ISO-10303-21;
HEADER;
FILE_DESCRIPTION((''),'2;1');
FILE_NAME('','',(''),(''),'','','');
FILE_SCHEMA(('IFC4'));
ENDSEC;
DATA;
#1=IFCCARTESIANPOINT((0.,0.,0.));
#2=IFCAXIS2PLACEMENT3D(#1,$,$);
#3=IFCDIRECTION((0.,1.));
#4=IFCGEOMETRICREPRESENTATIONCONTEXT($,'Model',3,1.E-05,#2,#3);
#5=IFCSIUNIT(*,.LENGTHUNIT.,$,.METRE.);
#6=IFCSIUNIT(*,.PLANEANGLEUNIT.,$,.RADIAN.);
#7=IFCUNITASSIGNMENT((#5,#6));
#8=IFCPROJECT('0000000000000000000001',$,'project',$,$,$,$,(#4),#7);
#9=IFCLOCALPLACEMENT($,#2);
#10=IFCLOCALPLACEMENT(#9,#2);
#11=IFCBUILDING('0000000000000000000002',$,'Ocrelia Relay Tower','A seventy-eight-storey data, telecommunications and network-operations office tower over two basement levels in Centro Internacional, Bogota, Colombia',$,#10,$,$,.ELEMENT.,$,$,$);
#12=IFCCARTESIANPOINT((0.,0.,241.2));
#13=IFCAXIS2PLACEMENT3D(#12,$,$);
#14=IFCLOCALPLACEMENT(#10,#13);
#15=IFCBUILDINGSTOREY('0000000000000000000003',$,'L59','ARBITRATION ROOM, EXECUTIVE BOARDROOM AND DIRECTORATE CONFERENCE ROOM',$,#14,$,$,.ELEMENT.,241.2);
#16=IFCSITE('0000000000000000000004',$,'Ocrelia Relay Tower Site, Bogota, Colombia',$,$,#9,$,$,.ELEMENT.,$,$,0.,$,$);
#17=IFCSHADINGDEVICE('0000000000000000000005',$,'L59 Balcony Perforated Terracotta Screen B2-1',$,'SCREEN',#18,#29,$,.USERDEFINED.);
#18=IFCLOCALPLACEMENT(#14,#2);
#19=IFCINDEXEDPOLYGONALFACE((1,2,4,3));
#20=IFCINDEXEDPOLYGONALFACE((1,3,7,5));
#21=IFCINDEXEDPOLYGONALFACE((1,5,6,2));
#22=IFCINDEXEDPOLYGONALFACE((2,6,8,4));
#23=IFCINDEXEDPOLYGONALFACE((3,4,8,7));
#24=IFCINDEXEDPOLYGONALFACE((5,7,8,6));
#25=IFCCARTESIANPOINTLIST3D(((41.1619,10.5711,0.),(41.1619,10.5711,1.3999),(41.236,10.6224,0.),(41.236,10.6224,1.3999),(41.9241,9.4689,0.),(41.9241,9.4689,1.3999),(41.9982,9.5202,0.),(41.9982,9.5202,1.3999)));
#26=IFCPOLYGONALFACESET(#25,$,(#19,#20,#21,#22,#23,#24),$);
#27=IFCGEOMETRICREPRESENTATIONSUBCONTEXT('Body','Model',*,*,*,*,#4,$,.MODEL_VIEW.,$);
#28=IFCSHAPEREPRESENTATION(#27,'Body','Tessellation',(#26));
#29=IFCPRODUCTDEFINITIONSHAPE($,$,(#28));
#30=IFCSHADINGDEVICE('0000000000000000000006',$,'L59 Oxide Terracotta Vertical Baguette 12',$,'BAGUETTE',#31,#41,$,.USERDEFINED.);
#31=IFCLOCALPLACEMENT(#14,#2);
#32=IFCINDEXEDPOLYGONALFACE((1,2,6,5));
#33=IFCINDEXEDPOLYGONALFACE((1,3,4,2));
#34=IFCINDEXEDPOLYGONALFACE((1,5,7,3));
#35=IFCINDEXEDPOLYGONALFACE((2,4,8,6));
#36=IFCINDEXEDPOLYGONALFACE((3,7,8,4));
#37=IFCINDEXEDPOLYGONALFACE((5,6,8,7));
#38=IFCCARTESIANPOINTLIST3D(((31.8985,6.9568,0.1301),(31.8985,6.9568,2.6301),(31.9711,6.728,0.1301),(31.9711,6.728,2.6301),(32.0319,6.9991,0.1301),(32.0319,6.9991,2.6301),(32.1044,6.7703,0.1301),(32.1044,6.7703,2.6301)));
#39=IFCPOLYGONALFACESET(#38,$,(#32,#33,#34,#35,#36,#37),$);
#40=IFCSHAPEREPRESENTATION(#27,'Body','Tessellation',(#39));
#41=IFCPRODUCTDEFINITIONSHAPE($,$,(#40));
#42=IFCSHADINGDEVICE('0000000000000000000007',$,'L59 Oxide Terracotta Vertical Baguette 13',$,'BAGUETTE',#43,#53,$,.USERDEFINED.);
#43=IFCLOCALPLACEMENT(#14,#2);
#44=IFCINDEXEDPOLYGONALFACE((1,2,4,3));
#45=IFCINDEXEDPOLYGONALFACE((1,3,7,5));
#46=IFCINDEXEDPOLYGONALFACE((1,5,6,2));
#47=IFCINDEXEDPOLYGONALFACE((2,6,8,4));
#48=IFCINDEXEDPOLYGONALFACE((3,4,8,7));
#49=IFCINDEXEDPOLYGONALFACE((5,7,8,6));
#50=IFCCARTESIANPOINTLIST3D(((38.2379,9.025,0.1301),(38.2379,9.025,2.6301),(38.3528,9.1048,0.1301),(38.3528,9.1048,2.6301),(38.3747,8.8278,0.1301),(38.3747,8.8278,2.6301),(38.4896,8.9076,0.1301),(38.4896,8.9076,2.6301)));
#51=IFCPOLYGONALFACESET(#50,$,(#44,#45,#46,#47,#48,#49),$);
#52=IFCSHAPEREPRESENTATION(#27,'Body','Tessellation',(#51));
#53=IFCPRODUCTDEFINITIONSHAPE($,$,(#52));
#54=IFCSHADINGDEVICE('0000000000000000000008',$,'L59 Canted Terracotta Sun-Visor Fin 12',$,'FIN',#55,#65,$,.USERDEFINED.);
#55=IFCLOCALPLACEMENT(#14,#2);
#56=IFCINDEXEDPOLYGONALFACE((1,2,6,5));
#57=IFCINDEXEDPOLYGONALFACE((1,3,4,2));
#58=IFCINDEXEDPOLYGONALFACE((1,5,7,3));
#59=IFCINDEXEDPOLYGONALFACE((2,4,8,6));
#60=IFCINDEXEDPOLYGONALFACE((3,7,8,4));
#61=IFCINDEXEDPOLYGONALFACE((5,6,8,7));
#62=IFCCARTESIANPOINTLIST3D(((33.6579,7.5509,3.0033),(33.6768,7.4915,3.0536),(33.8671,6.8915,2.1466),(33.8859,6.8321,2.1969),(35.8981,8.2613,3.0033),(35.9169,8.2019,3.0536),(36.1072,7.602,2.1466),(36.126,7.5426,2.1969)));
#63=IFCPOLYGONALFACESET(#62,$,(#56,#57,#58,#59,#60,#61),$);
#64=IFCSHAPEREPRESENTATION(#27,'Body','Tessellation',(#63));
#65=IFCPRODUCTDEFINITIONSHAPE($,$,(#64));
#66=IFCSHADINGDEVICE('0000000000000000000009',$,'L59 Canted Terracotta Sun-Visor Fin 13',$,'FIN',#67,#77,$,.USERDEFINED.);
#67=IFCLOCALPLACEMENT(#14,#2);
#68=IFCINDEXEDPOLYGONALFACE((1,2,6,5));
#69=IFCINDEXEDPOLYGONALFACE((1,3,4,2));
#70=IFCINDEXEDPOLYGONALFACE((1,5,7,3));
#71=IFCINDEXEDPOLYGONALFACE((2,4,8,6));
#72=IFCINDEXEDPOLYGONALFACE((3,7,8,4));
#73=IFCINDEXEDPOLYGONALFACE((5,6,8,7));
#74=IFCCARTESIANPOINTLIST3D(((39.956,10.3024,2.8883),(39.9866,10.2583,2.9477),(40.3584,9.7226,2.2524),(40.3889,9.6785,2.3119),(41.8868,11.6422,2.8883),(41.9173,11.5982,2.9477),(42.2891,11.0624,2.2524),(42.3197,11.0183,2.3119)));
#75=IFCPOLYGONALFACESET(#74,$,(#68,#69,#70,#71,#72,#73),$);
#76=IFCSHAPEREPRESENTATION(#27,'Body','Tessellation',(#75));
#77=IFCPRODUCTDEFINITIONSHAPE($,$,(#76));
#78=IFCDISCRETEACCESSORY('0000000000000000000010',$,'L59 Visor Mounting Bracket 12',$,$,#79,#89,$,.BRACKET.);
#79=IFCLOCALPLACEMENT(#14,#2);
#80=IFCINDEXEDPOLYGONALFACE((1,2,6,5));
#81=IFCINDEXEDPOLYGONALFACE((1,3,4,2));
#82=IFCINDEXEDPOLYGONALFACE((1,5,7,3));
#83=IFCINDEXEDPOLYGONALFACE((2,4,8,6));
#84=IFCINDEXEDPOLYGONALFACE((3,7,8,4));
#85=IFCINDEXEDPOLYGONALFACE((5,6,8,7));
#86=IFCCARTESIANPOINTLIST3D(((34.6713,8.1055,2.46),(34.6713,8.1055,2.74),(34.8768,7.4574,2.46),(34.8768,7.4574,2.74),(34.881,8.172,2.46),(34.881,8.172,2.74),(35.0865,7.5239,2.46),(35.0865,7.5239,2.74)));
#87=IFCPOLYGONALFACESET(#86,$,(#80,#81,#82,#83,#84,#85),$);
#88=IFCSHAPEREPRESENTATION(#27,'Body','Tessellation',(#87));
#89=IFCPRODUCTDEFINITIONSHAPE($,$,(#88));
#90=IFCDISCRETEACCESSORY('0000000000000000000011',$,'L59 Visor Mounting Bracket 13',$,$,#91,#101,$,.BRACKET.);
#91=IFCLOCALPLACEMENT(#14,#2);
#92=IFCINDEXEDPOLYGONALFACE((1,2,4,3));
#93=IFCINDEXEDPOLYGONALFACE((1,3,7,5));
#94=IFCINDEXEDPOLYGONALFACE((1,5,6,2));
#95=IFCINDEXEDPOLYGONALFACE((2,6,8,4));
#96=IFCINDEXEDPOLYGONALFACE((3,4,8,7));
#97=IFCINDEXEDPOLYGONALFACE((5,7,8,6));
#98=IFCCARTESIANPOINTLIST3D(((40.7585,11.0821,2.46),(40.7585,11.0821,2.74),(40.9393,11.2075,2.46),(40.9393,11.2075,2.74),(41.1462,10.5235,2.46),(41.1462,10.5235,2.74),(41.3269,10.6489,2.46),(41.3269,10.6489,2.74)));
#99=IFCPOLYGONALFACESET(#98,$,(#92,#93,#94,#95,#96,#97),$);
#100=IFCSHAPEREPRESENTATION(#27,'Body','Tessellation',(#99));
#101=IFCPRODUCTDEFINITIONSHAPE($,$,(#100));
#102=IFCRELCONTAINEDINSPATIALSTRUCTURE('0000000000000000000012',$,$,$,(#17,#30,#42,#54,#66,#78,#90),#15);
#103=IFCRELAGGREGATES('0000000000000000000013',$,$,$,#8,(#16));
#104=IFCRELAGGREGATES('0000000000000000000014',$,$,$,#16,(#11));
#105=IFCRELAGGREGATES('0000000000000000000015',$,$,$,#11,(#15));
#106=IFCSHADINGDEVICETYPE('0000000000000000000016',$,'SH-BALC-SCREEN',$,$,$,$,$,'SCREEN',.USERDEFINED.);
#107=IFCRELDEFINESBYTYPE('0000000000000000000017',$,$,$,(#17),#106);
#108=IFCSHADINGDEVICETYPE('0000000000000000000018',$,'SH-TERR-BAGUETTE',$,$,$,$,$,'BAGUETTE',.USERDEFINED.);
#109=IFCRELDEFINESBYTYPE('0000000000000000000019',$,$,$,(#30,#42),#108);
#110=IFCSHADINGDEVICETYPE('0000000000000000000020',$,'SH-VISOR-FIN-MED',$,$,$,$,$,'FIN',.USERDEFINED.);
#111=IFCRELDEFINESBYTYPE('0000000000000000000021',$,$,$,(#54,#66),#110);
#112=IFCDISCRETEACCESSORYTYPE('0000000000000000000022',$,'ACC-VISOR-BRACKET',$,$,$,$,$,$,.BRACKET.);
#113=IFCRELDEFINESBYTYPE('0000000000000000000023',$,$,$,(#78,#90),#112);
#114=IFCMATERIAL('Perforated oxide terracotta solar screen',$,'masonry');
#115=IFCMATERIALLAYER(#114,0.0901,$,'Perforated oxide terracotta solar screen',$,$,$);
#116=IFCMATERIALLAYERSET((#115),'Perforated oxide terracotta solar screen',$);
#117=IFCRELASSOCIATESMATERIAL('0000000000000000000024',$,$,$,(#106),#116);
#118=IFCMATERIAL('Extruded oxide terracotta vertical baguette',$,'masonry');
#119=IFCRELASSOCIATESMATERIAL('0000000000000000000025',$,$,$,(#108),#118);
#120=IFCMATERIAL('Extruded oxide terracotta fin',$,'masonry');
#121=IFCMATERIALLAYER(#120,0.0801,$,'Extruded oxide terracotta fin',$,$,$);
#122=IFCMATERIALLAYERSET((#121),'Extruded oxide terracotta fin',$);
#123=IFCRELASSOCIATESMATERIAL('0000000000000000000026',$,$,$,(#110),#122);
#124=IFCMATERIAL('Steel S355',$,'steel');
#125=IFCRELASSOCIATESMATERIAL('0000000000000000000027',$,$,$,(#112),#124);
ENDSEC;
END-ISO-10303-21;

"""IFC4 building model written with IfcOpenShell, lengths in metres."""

from ifc_helpers import new_model, si_unit, direction, frame, origin, origin_2d, place, context, subcontext, project, spatial, rectangle, extrude, material, layer, layer_set, type_object, element, save


model = new_model("IFC4")

# Units and contexts
model_context = context("Model", 3, precision=1e-05, world=origin(), true_north=direction((0.0, 1.0)))
body_context = subcontext(model_context, "Body", "Model", "MODEL_VIEW")
ifc_project = project(units=[si_unit("LENGTHUNIT", "METRE"), si_unit("PLANEANGLEUNIT", "RADIAN")], contexts=[model_context])

# Site, building, storey
site_placement = place(None, origin())
site = spatial("IfcSite", under=ifc_project, at=site_placement, Name="Ocrelia Relay Tower Site, Bogota, Colombia", CompositionType="ELEMENT", RefElevation=0.0)
building_placement = place(site_placement, origin())
building = spatial("IfcBuilding", under=site, at=building_placement, Name="Ocrelia Relay Tower", Description="A seventy-eight-storey data, telecommunications and network-operations office tower over two basement levels in Centro Internacional, Bogota, Colombia", CompositionType="ELEMENT")
storey_placement = place(building_placement, frame((0.0, 0.0, 241.2)))
storey = spatial("IfcBuildingStorey", under=building, at=storey_placement, Name="L59", Description="ARBITRATION ROOM, EXECUTIVE BOARDROOM AND DIRECTORATE CONFERENCE ROOM", CompositionType="ELEMENT", Elevation=241.2)

# Shared definitions
ifc_material_1 = material(Name="Steel S355", Category="steel")

# Shading devices
ifc_material_2 = material(Name="Perforated oxide terracotta solar screen", Category="masonry")
ifc_layer_1 = layer(ifc_material_2, 0.0901, Name="Perforated oxide terracotta solar screen")
ifc_layer_set_1 = layer_set([ifc_layer_1], Name="Perforated oxide terracotta solar screen")
shading_device_type_1 = type_object("IfcShadingDeviceType", Name="SH-BALC-SCREEN", ElementType="SCREEN", PredefinedType="USERDEFINED", material=ifc_layer_set_1)
shading_device_1_placement = place(storey_placement, frame((41.5801, 10.0457, 0.0), z_axis=(0.0, 0.0, 1.0), x_axis=(0.568796, -0.822479, 0.0)))
element("IfcShadingDevice", 1, at=shading_device_1_placement, inside=storey, type_object=shading_device_type_1, Name="L59 Balcony Perforated Terracotta Screen B2-1", ObjectType="SCREEN", PredefinedType="USERDEFINED", context=body_context, shape_type="SweptSolid", body=[
    extrude(rectangle(XDim=1.3401, YDim=0.0901, at=origin_2d()), origin(), (0.0, 0.0, 1.0), 1.3999),
])
ifc_material_3 = material(Name="Extruded oxide terracotta vertical baguette", Category="masonry")
shading_device_type_2 = type_object("IfcShadingDeviceType", Name="SH-TERR-BAGUETTE", ElementType="BAGUETTE", PredefinedType="USERDEFINED", material=ifc_material_3)
for number, where, z_axis, x_axis, name in (
    (2, (32.0015, 6.8635, 0.1301), (0.0, 0.0, 1.0), (0.953209, 0.302312, 0.0), "L59 Oxide Terracotta Vertical Baguette 12"),
    (3, (38.3638, 8.9663, 0.1301), (0.0, 0.0, 1.0), (0.821564, 0.570117, 0.0), "L59 Oxide Terracotta Vertical Baguette 13"),
):
    element("IfcShadingDevice", number, at=place(storey_placement, frame(where, z_axis=z_axis, x_axis=x_axis)), inside=storey, type_object=shading_device_type_2, Name=name, ObjectType="BAGUETTE", PredefinedType="USERDEFINED", context=body_context, shape_type="SweptSolid", body=[
        extrude(rectangle(XDim=0.1399, YDim=0.24, at=origin_2d()), origin(), (0.0, 0.0, 1.0), 2.5),
    ])
ifc_material_4 = material(Name="Extruded oxide terracotta fin", Category="masonry")
ifc_layer_2 = layer(ifc_material_4, 0.0801, Name="Extruded oxide terracotta fin")
ifc_layer_set_2 = layer_set([ifc_layer_2], Name="Extruded oxide terracotta fin")
shading_device_type_3 = type_object("IfcShadingDeviceType", Name="SH-VISOR-FIN-MED", ElementType="FIN", PredefinedType="USERDEFINED", material=ifc_layer_set_2)
shading_device_2_placement = place(storey_placement, frame((34.8826, 7.5764, 2.575), z_axis=(0.235206, -0.741619, 0.628235), x_axis=(0.953209, 0.302312, 0.0)))
element("IfcShadingDevice", 4, at=shading_device_2_placement, inside=storey, type_object=shading_device_type_3, Name="L59 Canted Terracotta Sun-Visor Fin 12", ObjectType="FIN", PredefinedType="USERDEFINED", context=body_context, shape_type="SweptSolid", body=[
    extrude(rectangle(XDim=2.3501, YDim=1.1011, at=origin_2d()), origin(), (0.0, 0.0, 1.0), 0.0801),
])
shading_device_3_placement = place(storey_placement, frame((41.1226, 10.6824, 2.5703), z_axis=(0.38163, -0.549947, 0.742911), x_axis=(0.821564, 0.570117, 0.0)))
element("IfcShadingDevice", 5, at=shading_device_3_placement, inside=storey, type_object=shading_device_type_3, Name="L59 Canted Terracotta Sun-Visor Fin 13", ObjectType="FIN", PredefinedType="USERDEFINED", context=body_context, shape_type="SweptSolid", body=[
    extrude(rectangle(XDim=2.3501, YDim=0.95, at=origin_2d()), origin(), (0.0, 0.0, 1.0), 0.0801),
])

# Discrete accessories
discrete_accessory_type = type_object("IfcDiscreteAccessoryType", Name="ACC-VISOR-BRACKET", PredefinedType="BRACKET", material=ifc_material_1)
for number, where, z_axis, x_axis, name in (
    (6, (34.8789, 7.8147, 2.46), (0.0, 0.0, 1.0), (0.953209, 0.302312, 0.0), "L59 Visor Mounting Bracket 12"),
    (7, (41.0427, 10.8655, 2.46), (0.0, 0.0, 1.0), (0.821564, 0.570117, 0.0), "L59 Visor Mounting Bracket 13"),
):
    element("IfcDiscreteAccessory", number, at=place(storey_placement, frame(where, z_axis=z_axis, x_axis=x_axis)), inside=storey, type_object=discrete_accessory_type, Name=name, PredefinedType="BRACKET", context=body_context, shape_type="SweptSolid", body=[
        extrude(rectangle(XDim=0.22, YDim=0.6799, at=origin_2d()), origin(), (0.0, 0.0, 1.0), 0.28),
    ])

save(model, "model.ifc")
